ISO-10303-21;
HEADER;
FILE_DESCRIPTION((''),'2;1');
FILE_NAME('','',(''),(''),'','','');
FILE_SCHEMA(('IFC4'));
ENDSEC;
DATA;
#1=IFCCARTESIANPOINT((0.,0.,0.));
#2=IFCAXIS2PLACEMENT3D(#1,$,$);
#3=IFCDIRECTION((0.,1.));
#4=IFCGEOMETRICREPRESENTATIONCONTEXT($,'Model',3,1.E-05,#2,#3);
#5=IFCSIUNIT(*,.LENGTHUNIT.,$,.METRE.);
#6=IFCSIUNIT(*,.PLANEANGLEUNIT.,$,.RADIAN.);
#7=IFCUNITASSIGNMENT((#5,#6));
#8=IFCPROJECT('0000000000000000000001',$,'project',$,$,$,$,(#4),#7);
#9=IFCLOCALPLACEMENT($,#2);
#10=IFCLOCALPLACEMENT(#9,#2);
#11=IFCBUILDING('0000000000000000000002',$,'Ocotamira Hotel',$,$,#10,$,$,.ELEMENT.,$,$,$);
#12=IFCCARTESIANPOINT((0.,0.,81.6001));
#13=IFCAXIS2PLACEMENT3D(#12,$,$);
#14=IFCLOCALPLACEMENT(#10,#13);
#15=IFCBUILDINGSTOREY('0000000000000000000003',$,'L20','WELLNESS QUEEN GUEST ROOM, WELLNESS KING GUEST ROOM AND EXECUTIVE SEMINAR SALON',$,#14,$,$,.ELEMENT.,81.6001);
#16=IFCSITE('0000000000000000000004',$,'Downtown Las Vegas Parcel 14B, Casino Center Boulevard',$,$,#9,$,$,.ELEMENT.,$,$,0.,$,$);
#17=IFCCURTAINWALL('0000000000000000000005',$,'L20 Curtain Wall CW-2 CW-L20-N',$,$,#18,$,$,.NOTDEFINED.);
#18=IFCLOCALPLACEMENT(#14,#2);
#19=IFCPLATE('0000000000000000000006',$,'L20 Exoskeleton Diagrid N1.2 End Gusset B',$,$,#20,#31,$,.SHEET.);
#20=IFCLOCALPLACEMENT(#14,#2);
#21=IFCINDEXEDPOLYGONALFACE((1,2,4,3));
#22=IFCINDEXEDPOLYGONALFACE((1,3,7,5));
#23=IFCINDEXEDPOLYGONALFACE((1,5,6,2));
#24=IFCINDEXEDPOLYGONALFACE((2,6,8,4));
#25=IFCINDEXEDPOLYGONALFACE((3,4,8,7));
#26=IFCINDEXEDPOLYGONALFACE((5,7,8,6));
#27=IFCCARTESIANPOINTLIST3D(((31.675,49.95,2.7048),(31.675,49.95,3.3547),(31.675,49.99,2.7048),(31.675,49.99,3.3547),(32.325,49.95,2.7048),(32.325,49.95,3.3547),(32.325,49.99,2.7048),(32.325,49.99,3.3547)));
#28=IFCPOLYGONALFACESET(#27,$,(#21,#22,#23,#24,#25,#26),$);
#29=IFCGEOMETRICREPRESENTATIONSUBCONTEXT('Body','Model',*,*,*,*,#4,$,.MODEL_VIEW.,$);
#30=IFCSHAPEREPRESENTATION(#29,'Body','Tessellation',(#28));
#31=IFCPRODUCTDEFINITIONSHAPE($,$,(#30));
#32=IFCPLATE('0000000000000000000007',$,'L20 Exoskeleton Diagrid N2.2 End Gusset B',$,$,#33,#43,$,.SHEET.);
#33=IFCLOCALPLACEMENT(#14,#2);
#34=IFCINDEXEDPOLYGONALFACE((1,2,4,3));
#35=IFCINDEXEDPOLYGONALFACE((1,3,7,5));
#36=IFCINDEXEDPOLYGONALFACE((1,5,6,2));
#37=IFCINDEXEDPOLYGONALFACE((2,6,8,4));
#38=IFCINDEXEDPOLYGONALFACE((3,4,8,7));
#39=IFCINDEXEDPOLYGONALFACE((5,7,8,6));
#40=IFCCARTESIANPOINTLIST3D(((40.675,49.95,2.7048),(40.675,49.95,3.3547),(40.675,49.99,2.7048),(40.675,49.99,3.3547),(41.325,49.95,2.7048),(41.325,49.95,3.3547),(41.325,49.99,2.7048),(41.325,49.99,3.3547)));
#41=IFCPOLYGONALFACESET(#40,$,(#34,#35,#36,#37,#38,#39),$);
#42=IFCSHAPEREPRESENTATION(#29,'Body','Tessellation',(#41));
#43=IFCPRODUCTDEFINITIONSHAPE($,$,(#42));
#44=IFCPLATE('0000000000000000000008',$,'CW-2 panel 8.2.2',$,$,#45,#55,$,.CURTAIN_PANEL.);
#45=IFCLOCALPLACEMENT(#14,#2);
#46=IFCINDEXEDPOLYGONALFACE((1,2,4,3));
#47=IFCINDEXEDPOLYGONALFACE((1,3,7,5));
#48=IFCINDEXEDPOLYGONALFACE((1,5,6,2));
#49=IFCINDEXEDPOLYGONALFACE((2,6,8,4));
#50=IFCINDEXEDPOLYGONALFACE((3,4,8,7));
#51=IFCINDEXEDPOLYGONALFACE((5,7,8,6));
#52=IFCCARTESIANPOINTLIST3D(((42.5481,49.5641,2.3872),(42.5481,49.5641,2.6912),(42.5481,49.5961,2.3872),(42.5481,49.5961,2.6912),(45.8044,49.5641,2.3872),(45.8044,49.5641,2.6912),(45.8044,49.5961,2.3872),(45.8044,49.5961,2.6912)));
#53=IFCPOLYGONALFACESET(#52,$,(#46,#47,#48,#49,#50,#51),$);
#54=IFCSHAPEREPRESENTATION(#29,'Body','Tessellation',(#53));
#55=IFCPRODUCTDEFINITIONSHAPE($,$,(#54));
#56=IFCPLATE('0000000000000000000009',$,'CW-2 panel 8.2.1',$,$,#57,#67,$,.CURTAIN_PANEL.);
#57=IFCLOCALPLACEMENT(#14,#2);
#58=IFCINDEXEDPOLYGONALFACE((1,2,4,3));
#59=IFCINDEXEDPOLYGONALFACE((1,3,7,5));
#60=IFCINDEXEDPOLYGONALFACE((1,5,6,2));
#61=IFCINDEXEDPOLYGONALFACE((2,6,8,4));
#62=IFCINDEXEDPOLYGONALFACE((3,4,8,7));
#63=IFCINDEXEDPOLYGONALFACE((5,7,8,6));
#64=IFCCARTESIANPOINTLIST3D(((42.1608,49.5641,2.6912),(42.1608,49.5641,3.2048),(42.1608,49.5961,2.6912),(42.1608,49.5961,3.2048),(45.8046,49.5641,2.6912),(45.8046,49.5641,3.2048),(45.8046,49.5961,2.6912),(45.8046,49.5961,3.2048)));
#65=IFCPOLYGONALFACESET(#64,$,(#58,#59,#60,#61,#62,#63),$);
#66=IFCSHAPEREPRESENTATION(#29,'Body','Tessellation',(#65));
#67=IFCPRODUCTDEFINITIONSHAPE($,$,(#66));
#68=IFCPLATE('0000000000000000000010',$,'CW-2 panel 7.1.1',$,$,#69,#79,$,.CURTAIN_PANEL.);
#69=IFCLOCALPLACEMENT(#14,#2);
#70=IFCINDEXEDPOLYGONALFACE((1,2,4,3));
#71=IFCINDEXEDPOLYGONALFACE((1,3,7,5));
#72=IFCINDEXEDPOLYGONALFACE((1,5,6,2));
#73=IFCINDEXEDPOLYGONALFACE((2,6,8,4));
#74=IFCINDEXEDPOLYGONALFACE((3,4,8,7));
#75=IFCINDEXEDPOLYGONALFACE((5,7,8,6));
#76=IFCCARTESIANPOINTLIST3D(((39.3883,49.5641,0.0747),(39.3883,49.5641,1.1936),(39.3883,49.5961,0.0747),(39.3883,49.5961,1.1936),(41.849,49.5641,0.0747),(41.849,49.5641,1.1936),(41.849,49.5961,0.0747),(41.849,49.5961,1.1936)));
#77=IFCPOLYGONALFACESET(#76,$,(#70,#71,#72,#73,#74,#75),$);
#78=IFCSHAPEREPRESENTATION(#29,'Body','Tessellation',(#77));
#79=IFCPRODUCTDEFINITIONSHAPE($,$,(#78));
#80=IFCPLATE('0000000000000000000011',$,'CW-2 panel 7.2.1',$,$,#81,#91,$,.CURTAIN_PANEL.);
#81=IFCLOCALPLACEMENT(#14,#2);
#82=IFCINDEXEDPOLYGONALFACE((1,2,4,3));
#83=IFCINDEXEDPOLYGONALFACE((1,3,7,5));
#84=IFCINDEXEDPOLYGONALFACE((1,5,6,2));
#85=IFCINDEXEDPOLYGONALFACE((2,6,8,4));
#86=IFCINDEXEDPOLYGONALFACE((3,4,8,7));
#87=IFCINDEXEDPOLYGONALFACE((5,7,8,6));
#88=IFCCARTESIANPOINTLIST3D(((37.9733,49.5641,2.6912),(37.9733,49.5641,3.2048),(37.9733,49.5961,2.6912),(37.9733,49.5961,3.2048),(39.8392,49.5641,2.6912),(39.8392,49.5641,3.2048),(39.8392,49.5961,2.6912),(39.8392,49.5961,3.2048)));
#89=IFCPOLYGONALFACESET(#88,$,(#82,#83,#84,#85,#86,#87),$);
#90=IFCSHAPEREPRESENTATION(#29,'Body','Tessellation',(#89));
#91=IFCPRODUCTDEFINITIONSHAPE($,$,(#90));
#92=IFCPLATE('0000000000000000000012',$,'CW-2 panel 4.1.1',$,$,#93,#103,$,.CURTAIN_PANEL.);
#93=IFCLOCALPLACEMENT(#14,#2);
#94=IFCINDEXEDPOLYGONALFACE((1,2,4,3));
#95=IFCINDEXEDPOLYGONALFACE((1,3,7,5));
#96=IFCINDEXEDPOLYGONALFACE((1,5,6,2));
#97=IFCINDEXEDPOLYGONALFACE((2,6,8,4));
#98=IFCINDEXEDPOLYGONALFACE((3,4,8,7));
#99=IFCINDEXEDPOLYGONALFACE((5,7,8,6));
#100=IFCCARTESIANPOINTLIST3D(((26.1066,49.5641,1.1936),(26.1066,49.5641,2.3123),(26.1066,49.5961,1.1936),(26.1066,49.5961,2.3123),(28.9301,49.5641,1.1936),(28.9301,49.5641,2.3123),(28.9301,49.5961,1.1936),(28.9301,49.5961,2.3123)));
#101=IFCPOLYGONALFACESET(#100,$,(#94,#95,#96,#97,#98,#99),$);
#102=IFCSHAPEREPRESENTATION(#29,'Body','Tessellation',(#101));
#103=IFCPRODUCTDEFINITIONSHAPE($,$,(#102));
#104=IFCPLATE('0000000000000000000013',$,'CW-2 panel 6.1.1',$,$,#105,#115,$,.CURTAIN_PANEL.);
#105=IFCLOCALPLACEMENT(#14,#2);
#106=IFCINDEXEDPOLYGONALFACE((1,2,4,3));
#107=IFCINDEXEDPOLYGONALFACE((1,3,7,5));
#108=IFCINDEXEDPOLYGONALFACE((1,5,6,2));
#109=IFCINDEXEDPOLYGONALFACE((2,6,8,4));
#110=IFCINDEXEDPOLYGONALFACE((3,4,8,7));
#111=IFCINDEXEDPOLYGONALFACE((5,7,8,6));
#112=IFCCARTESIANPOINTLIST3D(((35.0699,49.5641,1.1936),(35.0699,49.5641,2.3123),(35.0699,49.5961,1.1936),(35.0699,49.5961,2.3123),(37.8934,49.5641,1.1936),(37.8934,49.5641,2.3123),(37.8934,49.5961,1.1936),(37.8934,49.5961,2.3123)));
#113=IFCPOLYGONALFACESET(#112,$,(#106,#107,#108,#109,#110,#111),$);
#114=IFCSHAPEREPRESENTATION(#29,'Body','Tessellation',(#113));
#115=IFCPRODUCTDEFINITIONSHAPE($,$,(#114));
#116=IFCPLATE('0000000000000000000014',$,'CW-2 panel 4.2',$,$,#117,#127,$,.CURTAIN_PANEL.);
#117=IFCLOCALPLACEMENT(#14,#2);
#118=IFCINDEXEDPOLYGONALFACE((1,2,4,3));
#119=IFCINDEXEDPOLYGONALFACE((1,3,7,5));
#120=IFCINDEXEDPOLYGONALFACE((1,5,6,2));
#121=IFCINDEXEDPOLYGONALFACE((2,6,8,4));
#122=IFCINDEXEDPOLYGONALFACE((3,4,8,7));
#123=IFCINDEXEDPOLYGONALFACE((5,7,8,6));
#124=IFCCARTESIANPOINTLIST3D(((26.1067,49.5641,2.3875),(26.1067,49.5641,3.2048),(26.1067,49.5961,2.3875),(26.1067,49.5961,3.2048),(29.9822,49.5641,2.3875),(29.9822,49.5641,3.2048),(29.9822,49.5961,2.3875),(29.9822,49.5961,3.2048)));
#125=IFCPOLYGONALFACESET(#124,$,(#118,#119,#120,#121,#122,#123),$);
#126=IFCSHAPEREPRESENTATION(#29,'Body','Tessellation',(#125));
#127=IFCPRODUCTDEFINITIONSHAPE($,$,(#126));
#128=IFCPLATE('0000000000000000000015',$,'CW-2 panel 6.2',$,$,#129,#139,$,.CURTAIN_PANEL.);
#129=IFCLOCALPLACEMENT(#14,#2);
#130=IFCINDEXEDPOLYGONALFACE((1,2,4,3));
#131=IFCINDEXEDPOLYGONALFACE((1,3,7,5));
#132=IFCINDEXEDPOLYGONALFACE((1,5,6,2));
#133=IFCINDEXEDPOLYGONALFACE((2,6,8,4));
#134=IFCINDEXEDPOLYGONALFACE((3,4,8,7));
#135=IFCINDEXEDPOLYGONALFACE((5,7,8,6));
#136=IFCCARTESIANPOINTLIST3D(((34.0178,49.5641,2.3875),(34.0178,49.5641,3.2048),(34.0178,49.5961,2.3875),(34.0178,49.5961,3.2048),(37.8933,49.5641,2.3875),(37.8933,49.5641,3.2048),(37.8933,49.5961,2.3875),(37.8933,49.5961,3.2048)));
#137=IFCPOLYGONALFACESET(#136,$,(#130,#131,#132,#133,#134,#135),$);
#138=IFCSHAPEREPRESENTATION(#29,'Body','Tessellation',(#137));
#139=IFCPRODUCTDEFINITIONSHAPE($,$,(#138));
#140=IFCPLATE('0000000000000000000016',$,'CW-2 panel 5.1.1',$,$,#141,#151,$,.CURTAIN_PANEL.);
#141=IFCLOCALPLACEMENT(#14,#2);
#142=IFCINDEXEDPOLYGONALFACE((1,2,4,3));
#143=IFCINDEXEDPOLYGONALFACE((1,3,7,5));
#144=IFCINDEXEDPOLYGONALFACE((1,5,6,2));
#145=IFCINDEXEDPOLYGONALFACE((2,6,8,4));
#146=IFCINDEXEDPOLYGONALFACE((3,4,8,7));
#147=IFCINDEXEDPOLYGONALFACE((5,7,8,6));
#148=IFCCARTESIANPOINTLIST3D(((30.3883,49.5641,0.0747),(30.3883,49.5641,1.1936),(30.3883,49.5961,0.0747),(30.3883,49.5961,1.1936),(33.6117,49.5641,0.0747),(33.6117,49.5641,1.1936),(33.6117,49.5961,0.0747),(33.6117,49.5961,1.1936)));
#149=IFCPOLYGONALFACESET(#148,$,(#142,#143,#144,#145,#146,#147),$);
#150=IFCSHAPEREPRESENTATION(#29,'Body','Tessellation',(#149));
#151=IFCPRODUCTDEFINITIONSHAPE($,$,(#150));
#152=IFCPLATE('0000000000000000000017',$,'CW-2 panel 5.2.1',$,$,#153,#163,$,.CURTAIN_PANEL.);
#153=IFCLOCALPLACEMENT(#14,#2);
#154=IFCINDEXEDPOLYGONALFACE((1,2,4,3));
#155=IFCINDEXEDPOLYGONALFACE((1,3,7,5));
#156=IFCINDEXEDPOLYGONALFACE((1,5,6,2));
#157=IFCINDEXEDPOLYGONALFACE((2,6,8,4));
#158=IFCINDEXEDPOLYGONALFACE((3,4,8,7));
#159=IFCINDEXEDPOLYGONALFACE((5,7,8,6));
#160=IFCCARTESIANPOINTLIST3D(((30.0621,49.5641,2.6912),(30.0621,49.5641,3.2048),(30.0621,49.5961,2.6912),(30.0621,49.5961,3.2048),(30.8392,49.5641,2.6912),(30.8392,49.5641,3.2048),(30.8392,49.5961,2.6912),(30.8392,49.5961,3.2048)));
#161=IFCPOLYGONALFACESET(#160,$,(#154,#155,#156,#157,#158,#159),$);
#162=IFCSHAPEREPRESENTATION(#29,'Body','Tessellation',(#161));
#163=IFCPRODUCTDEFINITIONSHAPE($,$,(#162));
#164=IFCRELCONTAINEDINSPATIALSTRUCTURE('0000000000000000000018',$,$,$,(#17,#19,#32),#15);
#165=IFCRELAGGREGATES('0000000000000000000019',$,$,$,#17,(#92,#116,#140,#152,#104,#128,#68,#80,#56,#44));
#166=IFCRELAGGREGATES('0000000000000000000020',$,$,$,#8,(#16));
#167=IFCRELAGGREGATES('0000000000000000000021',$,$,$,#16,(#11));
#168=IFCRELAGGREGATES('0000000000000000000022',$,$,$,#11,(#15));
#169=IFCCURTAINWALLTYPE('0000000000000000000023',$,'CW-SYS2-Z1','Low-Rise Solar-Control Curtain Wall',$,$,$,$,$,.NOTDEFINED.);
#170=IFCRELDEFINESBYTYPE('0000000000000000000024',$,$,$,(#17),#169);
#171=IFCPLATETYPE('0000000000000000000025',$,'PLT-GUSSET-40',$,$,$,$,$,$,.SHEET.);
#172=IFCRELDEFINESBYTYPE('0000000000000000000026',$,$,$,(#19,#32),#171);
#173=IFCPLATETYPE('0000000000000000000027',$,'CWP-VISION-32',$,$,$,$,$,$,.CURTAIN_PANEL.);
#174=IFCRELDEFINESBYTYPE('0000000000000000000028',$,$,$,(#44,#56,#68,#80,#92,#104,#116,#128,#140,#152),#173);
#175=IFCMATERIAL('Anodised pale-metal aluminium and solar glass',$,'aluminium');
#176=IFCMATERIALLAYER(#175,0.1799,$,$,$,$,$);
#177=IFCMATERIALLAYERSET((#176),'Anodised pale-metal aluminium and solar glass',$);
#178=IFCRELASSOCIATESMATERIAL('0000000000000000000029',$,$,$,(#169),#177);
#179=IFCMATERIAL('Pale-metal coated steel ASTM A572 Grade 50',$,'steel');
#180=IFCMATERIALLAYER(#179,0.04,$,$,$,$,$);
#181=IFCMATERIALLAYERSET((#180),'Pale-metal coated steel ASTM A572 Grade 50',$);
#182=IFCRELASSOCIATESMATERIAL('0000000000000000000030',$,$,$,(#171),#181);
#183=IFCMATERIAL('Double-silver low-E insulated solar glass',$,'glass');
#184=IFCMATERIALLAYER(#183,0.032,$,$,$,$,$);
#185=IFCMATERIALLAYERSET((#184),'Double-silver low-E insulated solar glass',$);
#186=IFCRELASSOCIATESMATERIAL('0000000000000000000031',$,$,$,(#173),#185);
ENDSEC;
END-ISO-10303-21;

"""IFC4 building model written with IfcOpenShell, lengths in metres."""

from ifc_helpers import new_model, si_unit, direction, frame, origin, origin_2d, place, context, subcontext, project, spatial, rectangle, extrude, source, transform, mapped, material, layer, layer_set, type_object, element, aggregate, save


model = new_model("IFC4")

# Units and contexts
model_context = context("Model", 3, precision=1e-05, world=origin(), true_north=direction((0.0, 1.0)))
body_context = subcontext(model_context, "Body", "Model", "MODEL_VIEW")
ifc_project = project(units=[si_unit("LENGTHUNIT", "METRE"), si_unit("PLANEANGLEUNIT", "RADIAN")], contexts=[model_context])

# Site, building, storey
site_placement = place(None, origin())
site = spatial("IfcSite", under=ifc_project, at=site_placement, Name="Downtown Las Vegas Parcel 14B, Casino Center Boulevard", CompositionType="ELEMENT", RefElevation=0.0)
building_placement = place(site_placement, origin())
building = spatial("IfcBuilding", under=site, at=building_placement, Name="Ocotamira Hotel", CompositionType="ELEMENT")
storey_placement = place(building_placement, frame((0.0, 0.0, 81.6001)))
storey = spatial("IfcBuildingStorey", under=building, at=storey_placement, Name="L20", Description="WELLNESS QUEEN GUEST ROOM, WELLNESS KING GUEST ROOM AND EXECUTIVE SEMINAR SALON", CompositionType="ELEMENT", Elevation=81.6001)

# Curtain wall
ifc_material_1 = material(Name="Anodised pale-metal aluminium and solar glass", Category="aluminium")
ifc_layer_1 = layer(ifc_material_1, 0.1799)
ifc_layer_set_1 = layer_set([ifc_layer_1], Name="Anodised pale-metal aluminium and solar glass")
curtain_wall_type = type_object("IfcCurtainWallType", Name="CW-SYS2-Z1", Description="Low-Rise Solar-Control Curtain Wall", PredefinedType="NOTDEFINED", material=ifc_layer_set_1)
curtain_wall_placement = place(storey_placement, origin())
curtain_wall = element("IfcCurtainWall", 1, at=curtain_wall_placement, inside=storey, type_object=curtain_wall_type, Name="L20 Curtain Wall CW-2 CW-L20-N", PredefinedType="NOTDEFINED")

# Plates
ifc_material_2 = material(Name="Pale-metal coated steel ASTM A572 Grade 50", Category="steel")
ifc_layer_2 = layer(ifc_material_2, 0.04)
ifc_layer_set_2 = layer_set([ifc_layer_2], Name="Pale-metal coated steel ASTM A572 Grade 50")
plate_type_1 = type_object("IfcPlateType", Name="PLT-GUSSET-40", PredefinedType="SHEET", material=ifc_layer_set_2)
shared_shape_1 = source(origin(), body_context, "Body", "SweptSolid", [
    extrude(rectangle(XDim=0.6499, YDim=0.04, at=origin_2d()), origin(), (0.0, 0.0, 1.0), 0.6499),
])
for number, where, z_axis, x_axis, name in (
    (2, (32.0, 49.97, 2.7048), (0.0, 0.0, 1.0), (1.0, 0.0, 0.0), "L20 Exoskeleton Diagrid N1.2 End Gusset B"),
    (3, (41.0, 49.97, 2.7048), (0.0, 0.0, 1.0), (1.0, 0.0, 0.0), "L20 Exoskeleton Diagrid N2.2 End Gusset B"),
):
    element("IfcPlate", number, at=place(storey_placement, frame(where, z_axis=z_axis, x_axis=x_axis)), inside=storey, type_object=plate_type_1, Name=name, PredefinedType="SHEET", context=body_context, shape_type="MappedRepresentation", body=[
        mapped(shared_shape_1, transform((0.0, 0.0, 0.0), scale=1.0)),
    ])

# Plates
ifc_material_3 = material(Name="Double-silver low-E insulated solar glass", Category="glass")
ifc_layer_3 = layer(ifc_material_3, 0.032)
ifc_layer_set_3 = layer_set([ifc_layer_3], Name="Double-silver low-E insulated solar glass")
plate_type_2 = type_object("IfcPlateType", Name="CWP-VISION-32", PredefinedType="CURTAIN_PANEL", material=ifc_layer_set_3)
shared_shape_2 = source(origin(), body_context, "Body", "SweptSolid", [
    extrude(rectangle(XDim=3.2563, YDim=0.032, at=origin_2d()), origin(), (0.0, 0.0, 1.0), 0.304),
])
plate_1_placement = place(storey_placement, frame((44.1763, 49.5801, 2.3872), z_axis=(0.0, 0.0, 1.0), x_axis=(1.0, 0.0, 0.0)))
plate_1 = element("IfcPlate", 4, at=plate_1_placement, type_object=plate_type_2, Name="CW-2 panel 8.2.2", PredefinedType="CURTAIN_PANEL", context=body_context, shape_type="MappedRepresentation", body=[
    mapped(shared_shape_2, transform((0.0, 0.0, 0.0), scale=1.0)),
])
shared_shape_3 = source(origin(), body_context, "Body", "SweptSolid", [
    extrude(rectangle(XDim=3.6438, YDim=0.032, at=origin_2d()), origin(), (0.0, 0.0, 1.0), 0.5137),
])
plate_2_placement = place(storey_placement, frame((43.9827, 49.5801, 2.6912), z_axis=(0.0, 0.0, 1.0), x_axis=(1.0, 0.0, 0.0)))
plate_2 = element("IfcPlate", 5, at=plate_2_placement, type_object=plate_type_2, Name="CW-2 panel 8.2.1", PredefinedType="CURTAIN_PANEL", context=body_context, shape_type="MappedRepresentation", body=[
    mapped(shared_shape_3, transform((0.0, 0.0, 0.0), scale=1.0)),
])
shared_shape_4 = source(origin(), body_context, "Body", "SweptSolid", [
    extrude(rectangle(XDim=2.4607, YDim=0.032, at=origin_2d()), origin(), (0.0, 0.0, 1.0), 1.1189),
])
plate_3_placement = place(storey_placement, frame((40.6187, 49.5801, 0.0747), z_axis=(0.0, 0.0, 1.0), x_axis=(1.0, 0.0, 0.0)))
plate_3 = element("IfcPlate", 6, at=plate_3_placement, type_object=plate_type_2, Name="CW-2 panel 7.1.1", PredefinedType="CURTAIN_PANEL", context=body_context, shape_type="MappedRepresentation", body=[
    mapped(shared_shape_4, transform((0.0, 0.0, 0.0), scale=1.0)),
])
shared_shape_5 = source(origin(), body_context, "Body", "SweptSolid", [
    extrude(rectangle(XDim=1.866, YDim=0.032, at=origin_2d()), origin(), (0.0, 0.0, 1.0), 0.5137),
])
plate_4_placement = place(storey_placement, frame((38.9062, 49.5801, 2.6912), z_axis=(0.0, 0.0, 1.0), x_axis=(1.0, 0.0, 0.0)))
plate_4 = element("IfcPlate", 7, at=plate_4_placement, type_object=plate_type_2, Name="CW-2 panel 7.2.1", PredefinedType="CURTAIN_PANEL", context=body_context, shape_type="MappedRepresentation", body=[
    mapped(shared_shape_5, transform((0.0, 0.0, 0.0), scale=1.0)),
])
shared_shape_6 = source(origin(), body_context, "Body", "SweptSolid", [
    extrude(rectangle(XDim=2.8235, YDim=0.032, at=origin_2d()), origin(), (0.0, 0.0, 1.0), 1.1187),
])
plate_5_placement = place(storey_placement, frame((27.5183, 49.5801, 1.1936), z_axis=(0.0, 0.0, 1.0), x_axis=(1.0, 0.0, 0.0)))
plate_5 = element("IfcPlate", 8, at=plate_5_placement, type_object=plate_type_2, Name="CW-2 panel 4.1.1", PredefinedType="CURTAIN_PANEL", context=body_context, shape_type="MappedRepresentation", body=[
    mapped(shared_shape_6, transform((0.0, 0.0, 0.0), scale=1.0)),
])
plate_6_placement = place(storey_placement, frame((36.4817, 49.5801, 1.1936), z_axis=(0.0, 0.0, 1.0), x_axis=(1.0, 0.0, 0.0)))
plate_6 = element("IfcPlate", 9, at=plate_6_placement, type_object=plate_type_2, Name="CW-2 panel 6.1.1", PredefinedType="CURTAIN_PANEL", context=body_context, shape_type="MappedRepresentation", body=[
    mapped(shared_shape_6, transform((0.0, 0.0, 0.0), scale=1.0)),
])
shared_shape_7 = source(origin(), body_context, "Body", "SweptSolid", [
    extrude(rectangle(XDim=3.8755, YDim=0.032, at=origin_2d()), origin(), (0.0, 0.0, 1.0), 0.8174),
])
plate_7_placement = place(storey_placement, frame((28.0444, 49.5801, 2.3875), z_axis=(0.0, 0.0, 1.0), x_axis=(1.0, 0.0, 0.0)))
plate_7 = element("IfcPlate", 10, at=plate_7_placement, type_object=plate_type_2, Name="CW-2 panel 4.2", PredefinedType="CURTAIN_PANEL", context=body_context, shape_type="MappedRepresentation", body=[
    mapped(shared_shape_7, transform((0.0, 0.0, 0.0), scale=1.0)),
])
plate_8_placement = place(storey_placement, frame((35.9556, 49.5801, 2.3875), z_axis=(0.0, 0.0, 1.0), x_axis=(1.0, 0.0, 0.0)))
plate_8 = element("IfcPlate", 11, at=plate_8_placement, type_object=plate_type_2, Name="CW-2 panel 6.2", PredefinedType="CURTAIN_PANEL", context=body_context, shape_type="MappedRepresentation", body=[
    mapped(shared_shape_7, transform((0.0, 0.0, 0.0), scale=1.0)),
])
shared_shape_8 = source(origin(), body_context, "Body", "SweptSolid", [
    extrude(rectangle(XDim=3.2234, YDim=0.032, at=origin_2d()), origin(), (0.0, 0.0, 1.0), 1.1189),
])
plate_9_placement = place(storey_placement, frame((32.0, 49.5801, 0.0747), z_axis=(0.0, 0.0, 1.0), x_axis=(1.0, 0.0, 0.0)))
plate_9 = element("IfcPlate", 12, at=plate_9_placement, type_object=plate_type_2, Name="CW-2 panel 5.1.1", PredefinedType="CURTAIN_PANEL", context=body_context, shape_type="MappedRepresentation", body=[
    mapped(shared_shape_8, transform((0.0, 0.0, 0.0), scale=1.0)),
])
shared_shape_9 = source(origin(), body_context, "Body", "SweptSolid", [
    extrude(rectangle(XDim=0.7771, YDim=0.032, at=origin_2d()), origin(), (0.0, 0.0, 1.0), 0.5137),
])
plate_10_placement = place(storey_placement, frame((30.4507, 49.5801, 2.6912), z_axis=(0.0, 0.0, 1.0), x_axis=(1.0, 0.0, 0.0)))
plate_10 = element("IfcPlate", 13, at=plate_10_placement, type_object=plate_type_2, Name="CW-2 panel 5.2.1", PredefinedType="CURTAIN_PANEL", context=body_context, shape_type="MappedRepresentation", body=[
    mapped(shared_shape_9, transform((0.0, 0.0, 0.0), scale=1.0)),
])
aggregate(curtain_wall, [plate_5, plate_7, plate_9, plate_10, plate_6, plate_8, plate_3, plate_4, plate_2, plate_1])

save(model, "model.ifc")
